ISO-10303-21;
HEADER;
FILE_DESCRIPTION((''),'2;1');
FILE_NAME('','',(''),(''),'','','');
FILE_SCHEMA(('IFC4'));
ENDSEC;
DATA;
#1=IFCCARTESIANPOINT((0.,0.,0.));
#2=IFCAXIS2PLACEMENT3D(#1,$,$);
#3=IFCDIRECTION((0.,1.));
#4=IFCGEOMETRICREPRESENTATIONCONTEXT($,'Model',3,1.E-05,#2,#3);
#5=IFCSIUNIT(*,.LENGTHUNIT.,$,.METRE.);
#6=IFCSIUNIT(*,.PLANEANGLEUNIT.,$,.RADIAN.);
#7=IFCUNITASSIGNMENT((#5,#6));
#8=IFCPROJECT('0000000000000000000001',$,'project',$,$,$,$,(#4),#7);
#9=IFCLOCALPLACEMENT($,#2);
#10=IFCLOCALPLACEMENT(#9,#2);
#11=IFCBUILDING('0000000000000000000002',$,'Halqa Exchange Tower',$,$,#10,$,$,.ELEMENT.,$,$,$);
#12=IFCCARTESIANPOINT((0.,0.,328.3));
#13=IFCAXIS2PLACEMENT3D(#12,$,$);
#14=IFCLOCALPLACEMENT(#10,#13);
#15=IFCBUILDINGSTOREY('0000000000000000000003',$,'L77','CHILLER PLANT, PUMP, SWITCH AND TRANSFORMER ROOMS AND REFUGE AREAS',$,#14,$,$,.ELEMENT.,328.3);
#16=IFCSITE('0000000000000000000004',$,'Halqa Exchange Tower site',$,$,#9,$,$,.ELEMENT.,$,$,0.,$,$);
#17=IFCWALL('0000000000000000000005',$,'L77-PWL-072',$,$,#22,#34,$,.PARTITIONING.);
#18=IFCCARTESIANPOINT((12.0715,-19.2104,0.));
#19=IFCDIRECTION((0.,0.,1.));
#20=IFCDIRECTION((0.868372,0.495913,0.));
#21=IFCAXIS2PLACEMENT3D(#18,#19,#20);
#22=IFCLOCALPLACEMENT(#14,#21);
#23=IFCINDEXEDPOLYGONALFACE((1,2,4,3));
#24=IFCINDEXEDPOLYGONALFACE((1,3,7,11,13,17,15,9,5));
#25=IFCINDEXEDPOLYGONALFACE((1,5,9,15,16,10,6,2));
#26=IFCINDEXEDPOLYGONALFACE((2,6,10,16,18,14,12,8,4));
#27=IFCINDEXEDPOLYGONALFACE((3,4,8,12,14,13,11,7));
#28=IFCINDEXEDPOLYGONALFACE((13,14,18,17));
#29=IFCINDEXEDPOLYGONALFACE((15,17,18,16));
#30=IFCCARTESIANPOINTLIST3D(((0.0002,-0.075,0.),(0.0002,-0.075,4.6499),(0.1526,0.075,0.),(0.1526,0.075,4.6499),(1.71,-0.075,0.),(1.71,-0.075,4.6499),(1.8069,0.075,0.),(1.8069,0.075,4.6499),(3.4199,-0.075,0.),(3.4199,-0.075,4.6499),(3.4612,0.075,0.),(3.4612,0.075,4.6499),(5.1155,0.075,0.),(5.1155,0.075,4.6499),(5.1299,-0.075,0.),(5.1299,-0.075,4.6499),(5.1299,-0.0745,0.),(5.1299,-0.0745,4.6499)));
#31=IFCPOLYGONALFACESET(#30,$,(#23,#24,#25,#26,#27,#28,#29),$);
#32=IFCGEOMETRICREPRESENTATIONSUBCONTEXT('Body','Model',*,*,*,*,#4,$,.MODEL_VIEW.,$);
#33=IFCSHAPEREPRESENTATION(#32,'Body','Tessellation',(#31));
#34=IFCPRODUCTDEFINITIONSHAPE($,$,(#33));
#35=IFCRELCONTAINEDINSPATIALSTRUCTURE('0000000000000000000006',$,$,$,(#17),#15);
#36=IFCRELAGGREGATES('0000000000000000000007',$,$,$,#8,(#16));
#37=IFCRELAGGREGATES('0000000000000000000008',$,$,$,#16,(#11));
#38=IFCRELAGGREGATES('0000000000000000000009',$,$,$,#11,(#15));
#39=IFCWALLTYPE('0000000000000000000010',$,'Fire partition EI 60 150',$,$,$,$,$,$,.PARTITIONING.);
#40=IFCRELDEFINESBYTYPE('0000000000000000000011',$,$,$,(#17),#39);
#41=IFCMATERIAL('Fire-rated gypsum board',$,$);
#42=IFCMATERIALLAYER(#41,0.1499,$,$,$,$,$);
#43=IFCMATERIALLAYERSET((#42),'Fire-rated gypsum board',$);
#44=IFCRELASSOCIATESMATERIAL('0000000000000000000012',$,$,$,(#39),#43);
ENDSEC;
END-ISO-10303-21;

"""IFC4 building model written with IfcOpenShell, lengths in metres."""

from ifc_helpers import new_model, si_unit, direction, frame, origin, place, context, subcontext, project, spatial, polyline, outline, extrude, material, layer, layer_set, type_object, element, save


model = new_model("IFC4")

# Units and contexts
model_context = context("Model", 3, precision=1e-05, world=origin(), true_north=direction((0.0, 1.0)))
body_context = subcontext(model_context, "Body", "Model", "MODEL_VIEW")
ifc_project = project(units=[si_unit("LENGTHUNIT", "METRE"), si_unit("PLANEANGLEUNIT", "RADIAN")], contexts=[model_context])

# Site, building, storey
site_placement = place(None, origin())
site = spatial("IfcSite", under=ifc_project, at=site_placement, Name="Halqa Exchange Tower site", CompositionType="ELEMENT", RefElevation=0.0)
building_placement = place(site_placement, origin())
building = spatial("IfcBuilding", under=site, at=building_placement, Name="Halqa Exchange Tower", CompositionType="ELEMENT")
storey_placement = place(building_placement, frame((0.0, 0.0, 328.3)))
storey = spatial("IfcBuildingStorey", under=building, at=storey_placement, Name="L77", Description="CHILLER PLANT, PUMP, SWITCH AND TRANSFORMER ROOMS AND REFUGE AREAS", CompositionType="ELEMENT", Elevation=328.3)

# Wall
ifc_material_1 = material(Name="Fire-rated gypsum board")
ifc_layer_1 = layer(ifc_material_1, 0.1499)
ifc_layer_set_1 = layer_set([ifc_layer_1], Name="Fire-rated gypsum board")
wall_type_1 = type_object("IfcWallType", Name="Fire partition EI 60 150", PredefinedType="PARTITIONING", material=ifc_layer_set_1)
wall_1_placement = place(storey_placement, frame((12.0715, -19.2104, 0.0), z_axis=(0.0, 0.0, 1.0), x_axis=(0.868372, 0.495913, 0.0)))
element("IfcWall", 1, at=wall_1_placement, inside=storey, type_object=wall_type_1, Name="L77-PWL-072", PredefinedType="PARTITIONING", context=body_context, shape_type="SweptSolid", body=[
    extrude(outline(polyline([(5.1299, -0.075), (5.1299, -0.0745), (5.1155, 0.075), (3.4612, 0.075), (1.8069, 0.075), (0.1526, 0.075), (0.0002, -0.075), (1.71, -0.075), (3.4199, -0.075), (5.1299, -0.075)])), origin(), (0.0, 0.0, 1.0), 4.6499),
])

save(model, "model.ifc")
